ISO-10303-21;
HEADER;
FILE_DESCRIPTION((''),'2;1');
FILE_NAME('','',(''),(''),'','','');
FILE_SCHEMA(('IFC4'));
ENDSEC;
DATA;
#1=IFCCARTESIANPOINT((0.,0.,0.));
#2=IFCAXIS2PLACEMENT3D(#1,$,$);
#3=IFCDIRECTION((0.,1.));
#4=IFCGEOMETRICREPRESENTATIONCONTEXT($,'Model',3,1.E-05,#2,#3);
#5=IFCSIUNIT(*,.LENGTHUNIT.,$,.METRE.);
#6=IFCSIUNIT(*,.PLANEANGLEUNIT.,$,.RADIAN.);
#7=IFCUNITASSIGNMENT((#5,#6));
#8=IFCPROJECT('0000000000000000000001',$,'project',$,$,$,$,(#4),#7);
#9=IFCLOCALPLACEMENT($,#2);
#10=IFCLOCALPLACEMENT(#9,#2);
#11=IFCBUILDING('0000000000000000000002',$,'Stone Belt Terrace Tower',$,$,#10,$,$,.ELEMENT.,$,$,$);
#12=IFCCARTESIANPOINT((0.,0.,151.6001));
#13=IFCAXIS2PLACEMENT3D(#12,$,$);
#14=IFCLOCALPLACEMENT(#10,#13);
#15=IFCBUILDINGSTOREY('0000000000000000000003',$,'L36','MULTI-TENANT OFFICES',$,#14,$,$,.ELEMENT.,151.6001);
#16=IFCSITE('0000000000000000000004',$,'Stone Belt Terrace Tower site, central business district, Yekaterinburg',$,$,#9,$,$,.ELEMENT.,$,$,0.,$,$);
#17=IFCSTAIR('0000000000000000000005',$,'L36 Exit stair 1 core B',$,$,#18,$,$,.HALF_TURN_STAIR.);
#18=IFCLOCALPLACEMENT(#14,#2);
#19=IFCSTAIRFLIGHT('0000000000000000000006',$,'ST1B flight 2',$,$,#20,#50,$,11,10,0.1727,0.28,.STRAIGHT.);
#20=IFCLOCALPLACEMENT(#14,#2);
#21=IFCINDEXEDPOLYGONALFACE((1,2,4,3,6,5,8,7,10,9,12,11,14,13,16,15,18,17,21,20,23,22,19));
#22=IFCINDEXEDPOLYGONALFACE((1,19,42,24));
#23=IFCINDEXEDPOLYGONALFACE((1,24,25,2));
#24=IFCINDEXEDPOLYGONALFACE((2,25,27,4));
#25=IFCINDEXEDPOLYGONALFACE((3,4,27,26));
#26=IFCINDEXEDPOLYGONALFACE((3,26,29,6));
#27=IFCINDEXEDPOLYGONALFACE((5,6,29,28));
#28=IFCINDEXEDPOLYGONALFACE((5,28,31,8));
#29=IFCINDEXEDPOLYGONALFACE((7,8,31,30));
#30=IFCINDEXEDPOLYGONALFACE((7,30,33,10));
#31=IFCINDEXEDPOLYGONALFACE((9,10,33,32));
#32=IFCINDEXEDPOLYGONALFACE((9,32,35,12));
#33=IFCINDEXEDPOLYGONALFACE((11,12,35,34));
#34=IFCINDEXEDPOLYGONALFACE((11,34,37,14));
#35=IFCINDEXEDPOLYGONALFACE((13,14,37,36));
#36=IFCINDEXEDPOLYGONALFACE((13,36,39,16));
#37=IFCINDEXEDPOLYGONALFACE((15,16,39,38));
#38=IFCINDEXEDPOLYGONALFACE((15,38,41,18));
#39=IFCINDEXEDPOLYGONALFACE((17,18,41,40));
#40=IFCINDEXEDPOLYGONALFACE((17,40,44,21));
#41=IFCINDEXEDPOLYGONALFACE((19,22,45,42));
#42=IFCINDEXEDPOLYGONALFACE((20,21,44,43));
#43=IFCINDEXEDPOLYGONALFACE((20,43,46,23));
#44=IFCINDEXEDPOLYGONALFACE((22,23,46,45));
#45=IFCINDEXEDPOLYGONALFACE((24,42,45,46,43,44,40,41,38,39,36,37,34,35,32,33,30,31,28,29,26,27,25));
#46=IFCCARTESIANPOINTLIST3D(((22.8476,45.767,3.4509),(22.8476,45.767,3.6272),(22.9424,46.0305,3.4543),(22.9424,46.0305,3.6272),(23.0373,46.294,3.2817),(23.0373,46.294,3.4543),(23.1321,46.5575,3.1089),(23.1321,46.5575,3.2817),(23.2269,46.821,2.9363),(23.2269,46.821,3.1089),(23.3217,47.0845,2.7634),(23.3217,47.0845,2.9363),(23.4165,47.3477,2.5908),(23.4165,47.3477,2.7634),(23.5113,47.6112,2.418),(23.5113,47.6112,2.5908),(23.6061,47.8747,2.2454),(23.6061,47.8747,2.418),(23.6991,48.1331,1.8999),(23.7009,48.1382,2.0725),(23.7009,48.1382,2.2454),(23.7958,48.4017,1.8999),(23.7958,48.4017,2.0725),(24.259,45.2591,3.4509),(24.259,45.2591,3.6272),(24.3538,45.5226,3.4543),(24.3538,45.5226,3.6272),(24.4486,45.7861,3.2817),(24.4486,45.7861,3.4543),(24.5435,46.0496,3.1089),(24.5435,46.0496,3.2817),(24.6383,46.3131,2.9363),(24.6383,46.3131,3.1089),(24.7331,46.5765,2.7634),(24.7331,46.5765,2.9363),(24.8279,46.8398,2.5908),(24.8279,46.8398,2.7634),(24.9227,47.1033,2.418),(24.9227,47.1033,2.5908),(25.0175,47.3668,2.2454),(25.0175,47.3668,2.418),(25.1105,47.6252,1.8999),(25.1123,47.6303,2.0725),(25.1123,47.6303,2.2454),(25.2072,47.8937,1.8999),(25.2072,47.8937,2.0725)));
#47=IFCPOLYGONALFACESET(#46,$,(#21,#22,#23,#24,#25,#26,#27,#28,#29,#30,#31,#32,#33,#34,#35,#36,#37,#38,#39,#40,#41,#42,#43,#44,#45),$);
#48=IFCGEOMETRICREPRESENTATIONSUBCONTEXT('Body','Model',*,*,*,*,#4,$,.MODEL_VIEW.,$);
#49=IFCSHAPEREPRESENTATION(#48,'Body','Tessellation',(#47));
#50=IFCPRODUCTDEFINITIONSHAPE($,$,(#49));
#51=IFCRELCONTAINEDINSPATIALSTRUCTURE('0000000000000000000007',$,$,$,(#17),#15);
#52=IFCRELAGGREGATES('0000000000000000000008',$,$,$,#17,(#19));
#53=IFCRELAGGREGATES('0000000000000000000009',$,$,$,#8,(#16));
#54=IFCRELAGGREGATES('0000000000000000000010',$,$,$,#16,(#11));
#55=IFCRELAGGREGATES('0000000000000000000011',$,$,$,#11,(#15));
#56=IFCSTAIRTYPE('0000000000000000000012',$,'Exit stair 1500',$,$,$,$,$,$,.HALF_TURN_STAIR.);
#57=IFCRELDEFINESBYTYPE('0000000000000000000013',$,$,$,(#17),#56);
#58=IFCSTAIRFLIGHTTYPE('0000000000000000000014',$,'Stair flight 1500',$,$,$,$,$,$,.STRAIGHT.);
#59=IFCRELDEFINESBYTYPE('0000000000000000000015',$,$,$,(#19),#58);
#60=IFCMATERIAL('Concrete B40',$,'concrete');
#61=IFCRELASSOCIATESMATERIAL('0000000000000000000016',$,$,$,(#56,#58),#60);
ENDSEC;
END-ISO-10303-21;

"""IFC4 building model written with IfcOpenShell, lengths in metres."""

from ifc_helpers import new_model, si_unit, direction, frame, origin, place, context, subcontext, project, spatial, polyline, outline, extrude, material, type_object, element, aggregate, save


model = new_model("IFC4")

# Units and contexts
model_context = context("Model", 3, precision=1e-05, world=origin(), true_north=direction((0.0, 1.0)))
body_context = subcontext(model_context, "Body", "Model", "MODEL_VIEW")
ifc_project = project(units=[si_unit("LENGTHUNIT", "METRE"), si_unit("PLANEANGLEUNIT", "RADIAN")], contexts=[model_context])

# Site, building, storey
site_placement = place(None, origin())
site = spatial("IfcSite", under=ifc_project, at=site_placement, Name="Stone Belt Terrace Tower site, central business district, Yekaterinburg", CompositionType="ELEMENT", RefElevation=0.0)
building_placement = place(site_placement, origin())
building = spatial("IfcBuilding", under=site, at=building_placement, Name="Stone Belt Terrace Tower", CompositionType="ELEMENT")
storey_placement = place(building_placement, frame((0.0, 0.0, 151.6001)))
storey = spatial("IfcBuildingStorey", under=building, at=storey_placement, Name="L36", Description="MULTI-TENANT OFFICES", CompositionType="ELEMENT", Elevation=151.6001)

# Stair, stair flight
ifc_material_1 = material(Name="Concrete B40", Category="concrete")
stair_type = type_object("IfcStairType", Name="Exit stair 1500", PredefinedType="HALF_TURN_STAIR", material=ifc_material_1)
stair_placement = place(storey_placement, origin())
stair = element("IfcStair", 1, at=stair_placement, inside=storey, type_object=stair_type, Name="L36 Exit stair 1 core B", PredefinedType="HALF_TURN_STAIR")
stair_flight_type = type_object("IfcStairFlightType", Name="Stair flight 1500", PredefinedType="STRAIGHT", material=ifc_material_1)
stair_flight_placement = place(storey_placement, frame((24.5015, 48.1477, 1.8999), z_axis=(0.0, 0.0, 1.0), x_axis=(-0.338624, -0.940922, 0.0)))
stair_flight = element("IfcStairFlight", 2, at=stair_flight_placement, type_object=stair_flight_type, Name="ST1B flight 2", NumberOfRisers=11, NumberOfTreads=10, PredefinedType="STRAIGHT", RiserHeight=0.1727, TreadLength=0.28, context=body_context, shape_type="SweptSolid", body=[
    extrude(outline(polyline([(0.0, 0.0), (0.0, 0.1726), (0.28, 0.1726), (0.28, 0.3455), (0.5601, 0.3455), (0.5601, 0.5181), (0.8401, 0.5181), (0.8401, 0.6909), (1.1201, 0.6909), (1.1201, 0.8635), (1.3999, 0.8635), (1.3999, 1.0364), (1.6799, 1.0364), (1.6799, 1.209), (1.96, 1.209), (1.96, 1.3818), (2.24, 1.3818), (2.24, 1.5544), (2.52, 1.5544), (2.52, 1.7273), (2.8, 1.7273), (2.8, 1.8999), (2.8, 1.551), (0.2854, 0.0), (0.0, 0.0)])), frame((0.0, 0.75, 0.0), z_axis=(0.0, -1.0, 0.0), x_axis=(1.0, 0.0, 0.0)), (0.0, 0.0, 1.0), 1.5),
])
aggregate(stair, [stair_flight])

save(model, "model.ifc")
